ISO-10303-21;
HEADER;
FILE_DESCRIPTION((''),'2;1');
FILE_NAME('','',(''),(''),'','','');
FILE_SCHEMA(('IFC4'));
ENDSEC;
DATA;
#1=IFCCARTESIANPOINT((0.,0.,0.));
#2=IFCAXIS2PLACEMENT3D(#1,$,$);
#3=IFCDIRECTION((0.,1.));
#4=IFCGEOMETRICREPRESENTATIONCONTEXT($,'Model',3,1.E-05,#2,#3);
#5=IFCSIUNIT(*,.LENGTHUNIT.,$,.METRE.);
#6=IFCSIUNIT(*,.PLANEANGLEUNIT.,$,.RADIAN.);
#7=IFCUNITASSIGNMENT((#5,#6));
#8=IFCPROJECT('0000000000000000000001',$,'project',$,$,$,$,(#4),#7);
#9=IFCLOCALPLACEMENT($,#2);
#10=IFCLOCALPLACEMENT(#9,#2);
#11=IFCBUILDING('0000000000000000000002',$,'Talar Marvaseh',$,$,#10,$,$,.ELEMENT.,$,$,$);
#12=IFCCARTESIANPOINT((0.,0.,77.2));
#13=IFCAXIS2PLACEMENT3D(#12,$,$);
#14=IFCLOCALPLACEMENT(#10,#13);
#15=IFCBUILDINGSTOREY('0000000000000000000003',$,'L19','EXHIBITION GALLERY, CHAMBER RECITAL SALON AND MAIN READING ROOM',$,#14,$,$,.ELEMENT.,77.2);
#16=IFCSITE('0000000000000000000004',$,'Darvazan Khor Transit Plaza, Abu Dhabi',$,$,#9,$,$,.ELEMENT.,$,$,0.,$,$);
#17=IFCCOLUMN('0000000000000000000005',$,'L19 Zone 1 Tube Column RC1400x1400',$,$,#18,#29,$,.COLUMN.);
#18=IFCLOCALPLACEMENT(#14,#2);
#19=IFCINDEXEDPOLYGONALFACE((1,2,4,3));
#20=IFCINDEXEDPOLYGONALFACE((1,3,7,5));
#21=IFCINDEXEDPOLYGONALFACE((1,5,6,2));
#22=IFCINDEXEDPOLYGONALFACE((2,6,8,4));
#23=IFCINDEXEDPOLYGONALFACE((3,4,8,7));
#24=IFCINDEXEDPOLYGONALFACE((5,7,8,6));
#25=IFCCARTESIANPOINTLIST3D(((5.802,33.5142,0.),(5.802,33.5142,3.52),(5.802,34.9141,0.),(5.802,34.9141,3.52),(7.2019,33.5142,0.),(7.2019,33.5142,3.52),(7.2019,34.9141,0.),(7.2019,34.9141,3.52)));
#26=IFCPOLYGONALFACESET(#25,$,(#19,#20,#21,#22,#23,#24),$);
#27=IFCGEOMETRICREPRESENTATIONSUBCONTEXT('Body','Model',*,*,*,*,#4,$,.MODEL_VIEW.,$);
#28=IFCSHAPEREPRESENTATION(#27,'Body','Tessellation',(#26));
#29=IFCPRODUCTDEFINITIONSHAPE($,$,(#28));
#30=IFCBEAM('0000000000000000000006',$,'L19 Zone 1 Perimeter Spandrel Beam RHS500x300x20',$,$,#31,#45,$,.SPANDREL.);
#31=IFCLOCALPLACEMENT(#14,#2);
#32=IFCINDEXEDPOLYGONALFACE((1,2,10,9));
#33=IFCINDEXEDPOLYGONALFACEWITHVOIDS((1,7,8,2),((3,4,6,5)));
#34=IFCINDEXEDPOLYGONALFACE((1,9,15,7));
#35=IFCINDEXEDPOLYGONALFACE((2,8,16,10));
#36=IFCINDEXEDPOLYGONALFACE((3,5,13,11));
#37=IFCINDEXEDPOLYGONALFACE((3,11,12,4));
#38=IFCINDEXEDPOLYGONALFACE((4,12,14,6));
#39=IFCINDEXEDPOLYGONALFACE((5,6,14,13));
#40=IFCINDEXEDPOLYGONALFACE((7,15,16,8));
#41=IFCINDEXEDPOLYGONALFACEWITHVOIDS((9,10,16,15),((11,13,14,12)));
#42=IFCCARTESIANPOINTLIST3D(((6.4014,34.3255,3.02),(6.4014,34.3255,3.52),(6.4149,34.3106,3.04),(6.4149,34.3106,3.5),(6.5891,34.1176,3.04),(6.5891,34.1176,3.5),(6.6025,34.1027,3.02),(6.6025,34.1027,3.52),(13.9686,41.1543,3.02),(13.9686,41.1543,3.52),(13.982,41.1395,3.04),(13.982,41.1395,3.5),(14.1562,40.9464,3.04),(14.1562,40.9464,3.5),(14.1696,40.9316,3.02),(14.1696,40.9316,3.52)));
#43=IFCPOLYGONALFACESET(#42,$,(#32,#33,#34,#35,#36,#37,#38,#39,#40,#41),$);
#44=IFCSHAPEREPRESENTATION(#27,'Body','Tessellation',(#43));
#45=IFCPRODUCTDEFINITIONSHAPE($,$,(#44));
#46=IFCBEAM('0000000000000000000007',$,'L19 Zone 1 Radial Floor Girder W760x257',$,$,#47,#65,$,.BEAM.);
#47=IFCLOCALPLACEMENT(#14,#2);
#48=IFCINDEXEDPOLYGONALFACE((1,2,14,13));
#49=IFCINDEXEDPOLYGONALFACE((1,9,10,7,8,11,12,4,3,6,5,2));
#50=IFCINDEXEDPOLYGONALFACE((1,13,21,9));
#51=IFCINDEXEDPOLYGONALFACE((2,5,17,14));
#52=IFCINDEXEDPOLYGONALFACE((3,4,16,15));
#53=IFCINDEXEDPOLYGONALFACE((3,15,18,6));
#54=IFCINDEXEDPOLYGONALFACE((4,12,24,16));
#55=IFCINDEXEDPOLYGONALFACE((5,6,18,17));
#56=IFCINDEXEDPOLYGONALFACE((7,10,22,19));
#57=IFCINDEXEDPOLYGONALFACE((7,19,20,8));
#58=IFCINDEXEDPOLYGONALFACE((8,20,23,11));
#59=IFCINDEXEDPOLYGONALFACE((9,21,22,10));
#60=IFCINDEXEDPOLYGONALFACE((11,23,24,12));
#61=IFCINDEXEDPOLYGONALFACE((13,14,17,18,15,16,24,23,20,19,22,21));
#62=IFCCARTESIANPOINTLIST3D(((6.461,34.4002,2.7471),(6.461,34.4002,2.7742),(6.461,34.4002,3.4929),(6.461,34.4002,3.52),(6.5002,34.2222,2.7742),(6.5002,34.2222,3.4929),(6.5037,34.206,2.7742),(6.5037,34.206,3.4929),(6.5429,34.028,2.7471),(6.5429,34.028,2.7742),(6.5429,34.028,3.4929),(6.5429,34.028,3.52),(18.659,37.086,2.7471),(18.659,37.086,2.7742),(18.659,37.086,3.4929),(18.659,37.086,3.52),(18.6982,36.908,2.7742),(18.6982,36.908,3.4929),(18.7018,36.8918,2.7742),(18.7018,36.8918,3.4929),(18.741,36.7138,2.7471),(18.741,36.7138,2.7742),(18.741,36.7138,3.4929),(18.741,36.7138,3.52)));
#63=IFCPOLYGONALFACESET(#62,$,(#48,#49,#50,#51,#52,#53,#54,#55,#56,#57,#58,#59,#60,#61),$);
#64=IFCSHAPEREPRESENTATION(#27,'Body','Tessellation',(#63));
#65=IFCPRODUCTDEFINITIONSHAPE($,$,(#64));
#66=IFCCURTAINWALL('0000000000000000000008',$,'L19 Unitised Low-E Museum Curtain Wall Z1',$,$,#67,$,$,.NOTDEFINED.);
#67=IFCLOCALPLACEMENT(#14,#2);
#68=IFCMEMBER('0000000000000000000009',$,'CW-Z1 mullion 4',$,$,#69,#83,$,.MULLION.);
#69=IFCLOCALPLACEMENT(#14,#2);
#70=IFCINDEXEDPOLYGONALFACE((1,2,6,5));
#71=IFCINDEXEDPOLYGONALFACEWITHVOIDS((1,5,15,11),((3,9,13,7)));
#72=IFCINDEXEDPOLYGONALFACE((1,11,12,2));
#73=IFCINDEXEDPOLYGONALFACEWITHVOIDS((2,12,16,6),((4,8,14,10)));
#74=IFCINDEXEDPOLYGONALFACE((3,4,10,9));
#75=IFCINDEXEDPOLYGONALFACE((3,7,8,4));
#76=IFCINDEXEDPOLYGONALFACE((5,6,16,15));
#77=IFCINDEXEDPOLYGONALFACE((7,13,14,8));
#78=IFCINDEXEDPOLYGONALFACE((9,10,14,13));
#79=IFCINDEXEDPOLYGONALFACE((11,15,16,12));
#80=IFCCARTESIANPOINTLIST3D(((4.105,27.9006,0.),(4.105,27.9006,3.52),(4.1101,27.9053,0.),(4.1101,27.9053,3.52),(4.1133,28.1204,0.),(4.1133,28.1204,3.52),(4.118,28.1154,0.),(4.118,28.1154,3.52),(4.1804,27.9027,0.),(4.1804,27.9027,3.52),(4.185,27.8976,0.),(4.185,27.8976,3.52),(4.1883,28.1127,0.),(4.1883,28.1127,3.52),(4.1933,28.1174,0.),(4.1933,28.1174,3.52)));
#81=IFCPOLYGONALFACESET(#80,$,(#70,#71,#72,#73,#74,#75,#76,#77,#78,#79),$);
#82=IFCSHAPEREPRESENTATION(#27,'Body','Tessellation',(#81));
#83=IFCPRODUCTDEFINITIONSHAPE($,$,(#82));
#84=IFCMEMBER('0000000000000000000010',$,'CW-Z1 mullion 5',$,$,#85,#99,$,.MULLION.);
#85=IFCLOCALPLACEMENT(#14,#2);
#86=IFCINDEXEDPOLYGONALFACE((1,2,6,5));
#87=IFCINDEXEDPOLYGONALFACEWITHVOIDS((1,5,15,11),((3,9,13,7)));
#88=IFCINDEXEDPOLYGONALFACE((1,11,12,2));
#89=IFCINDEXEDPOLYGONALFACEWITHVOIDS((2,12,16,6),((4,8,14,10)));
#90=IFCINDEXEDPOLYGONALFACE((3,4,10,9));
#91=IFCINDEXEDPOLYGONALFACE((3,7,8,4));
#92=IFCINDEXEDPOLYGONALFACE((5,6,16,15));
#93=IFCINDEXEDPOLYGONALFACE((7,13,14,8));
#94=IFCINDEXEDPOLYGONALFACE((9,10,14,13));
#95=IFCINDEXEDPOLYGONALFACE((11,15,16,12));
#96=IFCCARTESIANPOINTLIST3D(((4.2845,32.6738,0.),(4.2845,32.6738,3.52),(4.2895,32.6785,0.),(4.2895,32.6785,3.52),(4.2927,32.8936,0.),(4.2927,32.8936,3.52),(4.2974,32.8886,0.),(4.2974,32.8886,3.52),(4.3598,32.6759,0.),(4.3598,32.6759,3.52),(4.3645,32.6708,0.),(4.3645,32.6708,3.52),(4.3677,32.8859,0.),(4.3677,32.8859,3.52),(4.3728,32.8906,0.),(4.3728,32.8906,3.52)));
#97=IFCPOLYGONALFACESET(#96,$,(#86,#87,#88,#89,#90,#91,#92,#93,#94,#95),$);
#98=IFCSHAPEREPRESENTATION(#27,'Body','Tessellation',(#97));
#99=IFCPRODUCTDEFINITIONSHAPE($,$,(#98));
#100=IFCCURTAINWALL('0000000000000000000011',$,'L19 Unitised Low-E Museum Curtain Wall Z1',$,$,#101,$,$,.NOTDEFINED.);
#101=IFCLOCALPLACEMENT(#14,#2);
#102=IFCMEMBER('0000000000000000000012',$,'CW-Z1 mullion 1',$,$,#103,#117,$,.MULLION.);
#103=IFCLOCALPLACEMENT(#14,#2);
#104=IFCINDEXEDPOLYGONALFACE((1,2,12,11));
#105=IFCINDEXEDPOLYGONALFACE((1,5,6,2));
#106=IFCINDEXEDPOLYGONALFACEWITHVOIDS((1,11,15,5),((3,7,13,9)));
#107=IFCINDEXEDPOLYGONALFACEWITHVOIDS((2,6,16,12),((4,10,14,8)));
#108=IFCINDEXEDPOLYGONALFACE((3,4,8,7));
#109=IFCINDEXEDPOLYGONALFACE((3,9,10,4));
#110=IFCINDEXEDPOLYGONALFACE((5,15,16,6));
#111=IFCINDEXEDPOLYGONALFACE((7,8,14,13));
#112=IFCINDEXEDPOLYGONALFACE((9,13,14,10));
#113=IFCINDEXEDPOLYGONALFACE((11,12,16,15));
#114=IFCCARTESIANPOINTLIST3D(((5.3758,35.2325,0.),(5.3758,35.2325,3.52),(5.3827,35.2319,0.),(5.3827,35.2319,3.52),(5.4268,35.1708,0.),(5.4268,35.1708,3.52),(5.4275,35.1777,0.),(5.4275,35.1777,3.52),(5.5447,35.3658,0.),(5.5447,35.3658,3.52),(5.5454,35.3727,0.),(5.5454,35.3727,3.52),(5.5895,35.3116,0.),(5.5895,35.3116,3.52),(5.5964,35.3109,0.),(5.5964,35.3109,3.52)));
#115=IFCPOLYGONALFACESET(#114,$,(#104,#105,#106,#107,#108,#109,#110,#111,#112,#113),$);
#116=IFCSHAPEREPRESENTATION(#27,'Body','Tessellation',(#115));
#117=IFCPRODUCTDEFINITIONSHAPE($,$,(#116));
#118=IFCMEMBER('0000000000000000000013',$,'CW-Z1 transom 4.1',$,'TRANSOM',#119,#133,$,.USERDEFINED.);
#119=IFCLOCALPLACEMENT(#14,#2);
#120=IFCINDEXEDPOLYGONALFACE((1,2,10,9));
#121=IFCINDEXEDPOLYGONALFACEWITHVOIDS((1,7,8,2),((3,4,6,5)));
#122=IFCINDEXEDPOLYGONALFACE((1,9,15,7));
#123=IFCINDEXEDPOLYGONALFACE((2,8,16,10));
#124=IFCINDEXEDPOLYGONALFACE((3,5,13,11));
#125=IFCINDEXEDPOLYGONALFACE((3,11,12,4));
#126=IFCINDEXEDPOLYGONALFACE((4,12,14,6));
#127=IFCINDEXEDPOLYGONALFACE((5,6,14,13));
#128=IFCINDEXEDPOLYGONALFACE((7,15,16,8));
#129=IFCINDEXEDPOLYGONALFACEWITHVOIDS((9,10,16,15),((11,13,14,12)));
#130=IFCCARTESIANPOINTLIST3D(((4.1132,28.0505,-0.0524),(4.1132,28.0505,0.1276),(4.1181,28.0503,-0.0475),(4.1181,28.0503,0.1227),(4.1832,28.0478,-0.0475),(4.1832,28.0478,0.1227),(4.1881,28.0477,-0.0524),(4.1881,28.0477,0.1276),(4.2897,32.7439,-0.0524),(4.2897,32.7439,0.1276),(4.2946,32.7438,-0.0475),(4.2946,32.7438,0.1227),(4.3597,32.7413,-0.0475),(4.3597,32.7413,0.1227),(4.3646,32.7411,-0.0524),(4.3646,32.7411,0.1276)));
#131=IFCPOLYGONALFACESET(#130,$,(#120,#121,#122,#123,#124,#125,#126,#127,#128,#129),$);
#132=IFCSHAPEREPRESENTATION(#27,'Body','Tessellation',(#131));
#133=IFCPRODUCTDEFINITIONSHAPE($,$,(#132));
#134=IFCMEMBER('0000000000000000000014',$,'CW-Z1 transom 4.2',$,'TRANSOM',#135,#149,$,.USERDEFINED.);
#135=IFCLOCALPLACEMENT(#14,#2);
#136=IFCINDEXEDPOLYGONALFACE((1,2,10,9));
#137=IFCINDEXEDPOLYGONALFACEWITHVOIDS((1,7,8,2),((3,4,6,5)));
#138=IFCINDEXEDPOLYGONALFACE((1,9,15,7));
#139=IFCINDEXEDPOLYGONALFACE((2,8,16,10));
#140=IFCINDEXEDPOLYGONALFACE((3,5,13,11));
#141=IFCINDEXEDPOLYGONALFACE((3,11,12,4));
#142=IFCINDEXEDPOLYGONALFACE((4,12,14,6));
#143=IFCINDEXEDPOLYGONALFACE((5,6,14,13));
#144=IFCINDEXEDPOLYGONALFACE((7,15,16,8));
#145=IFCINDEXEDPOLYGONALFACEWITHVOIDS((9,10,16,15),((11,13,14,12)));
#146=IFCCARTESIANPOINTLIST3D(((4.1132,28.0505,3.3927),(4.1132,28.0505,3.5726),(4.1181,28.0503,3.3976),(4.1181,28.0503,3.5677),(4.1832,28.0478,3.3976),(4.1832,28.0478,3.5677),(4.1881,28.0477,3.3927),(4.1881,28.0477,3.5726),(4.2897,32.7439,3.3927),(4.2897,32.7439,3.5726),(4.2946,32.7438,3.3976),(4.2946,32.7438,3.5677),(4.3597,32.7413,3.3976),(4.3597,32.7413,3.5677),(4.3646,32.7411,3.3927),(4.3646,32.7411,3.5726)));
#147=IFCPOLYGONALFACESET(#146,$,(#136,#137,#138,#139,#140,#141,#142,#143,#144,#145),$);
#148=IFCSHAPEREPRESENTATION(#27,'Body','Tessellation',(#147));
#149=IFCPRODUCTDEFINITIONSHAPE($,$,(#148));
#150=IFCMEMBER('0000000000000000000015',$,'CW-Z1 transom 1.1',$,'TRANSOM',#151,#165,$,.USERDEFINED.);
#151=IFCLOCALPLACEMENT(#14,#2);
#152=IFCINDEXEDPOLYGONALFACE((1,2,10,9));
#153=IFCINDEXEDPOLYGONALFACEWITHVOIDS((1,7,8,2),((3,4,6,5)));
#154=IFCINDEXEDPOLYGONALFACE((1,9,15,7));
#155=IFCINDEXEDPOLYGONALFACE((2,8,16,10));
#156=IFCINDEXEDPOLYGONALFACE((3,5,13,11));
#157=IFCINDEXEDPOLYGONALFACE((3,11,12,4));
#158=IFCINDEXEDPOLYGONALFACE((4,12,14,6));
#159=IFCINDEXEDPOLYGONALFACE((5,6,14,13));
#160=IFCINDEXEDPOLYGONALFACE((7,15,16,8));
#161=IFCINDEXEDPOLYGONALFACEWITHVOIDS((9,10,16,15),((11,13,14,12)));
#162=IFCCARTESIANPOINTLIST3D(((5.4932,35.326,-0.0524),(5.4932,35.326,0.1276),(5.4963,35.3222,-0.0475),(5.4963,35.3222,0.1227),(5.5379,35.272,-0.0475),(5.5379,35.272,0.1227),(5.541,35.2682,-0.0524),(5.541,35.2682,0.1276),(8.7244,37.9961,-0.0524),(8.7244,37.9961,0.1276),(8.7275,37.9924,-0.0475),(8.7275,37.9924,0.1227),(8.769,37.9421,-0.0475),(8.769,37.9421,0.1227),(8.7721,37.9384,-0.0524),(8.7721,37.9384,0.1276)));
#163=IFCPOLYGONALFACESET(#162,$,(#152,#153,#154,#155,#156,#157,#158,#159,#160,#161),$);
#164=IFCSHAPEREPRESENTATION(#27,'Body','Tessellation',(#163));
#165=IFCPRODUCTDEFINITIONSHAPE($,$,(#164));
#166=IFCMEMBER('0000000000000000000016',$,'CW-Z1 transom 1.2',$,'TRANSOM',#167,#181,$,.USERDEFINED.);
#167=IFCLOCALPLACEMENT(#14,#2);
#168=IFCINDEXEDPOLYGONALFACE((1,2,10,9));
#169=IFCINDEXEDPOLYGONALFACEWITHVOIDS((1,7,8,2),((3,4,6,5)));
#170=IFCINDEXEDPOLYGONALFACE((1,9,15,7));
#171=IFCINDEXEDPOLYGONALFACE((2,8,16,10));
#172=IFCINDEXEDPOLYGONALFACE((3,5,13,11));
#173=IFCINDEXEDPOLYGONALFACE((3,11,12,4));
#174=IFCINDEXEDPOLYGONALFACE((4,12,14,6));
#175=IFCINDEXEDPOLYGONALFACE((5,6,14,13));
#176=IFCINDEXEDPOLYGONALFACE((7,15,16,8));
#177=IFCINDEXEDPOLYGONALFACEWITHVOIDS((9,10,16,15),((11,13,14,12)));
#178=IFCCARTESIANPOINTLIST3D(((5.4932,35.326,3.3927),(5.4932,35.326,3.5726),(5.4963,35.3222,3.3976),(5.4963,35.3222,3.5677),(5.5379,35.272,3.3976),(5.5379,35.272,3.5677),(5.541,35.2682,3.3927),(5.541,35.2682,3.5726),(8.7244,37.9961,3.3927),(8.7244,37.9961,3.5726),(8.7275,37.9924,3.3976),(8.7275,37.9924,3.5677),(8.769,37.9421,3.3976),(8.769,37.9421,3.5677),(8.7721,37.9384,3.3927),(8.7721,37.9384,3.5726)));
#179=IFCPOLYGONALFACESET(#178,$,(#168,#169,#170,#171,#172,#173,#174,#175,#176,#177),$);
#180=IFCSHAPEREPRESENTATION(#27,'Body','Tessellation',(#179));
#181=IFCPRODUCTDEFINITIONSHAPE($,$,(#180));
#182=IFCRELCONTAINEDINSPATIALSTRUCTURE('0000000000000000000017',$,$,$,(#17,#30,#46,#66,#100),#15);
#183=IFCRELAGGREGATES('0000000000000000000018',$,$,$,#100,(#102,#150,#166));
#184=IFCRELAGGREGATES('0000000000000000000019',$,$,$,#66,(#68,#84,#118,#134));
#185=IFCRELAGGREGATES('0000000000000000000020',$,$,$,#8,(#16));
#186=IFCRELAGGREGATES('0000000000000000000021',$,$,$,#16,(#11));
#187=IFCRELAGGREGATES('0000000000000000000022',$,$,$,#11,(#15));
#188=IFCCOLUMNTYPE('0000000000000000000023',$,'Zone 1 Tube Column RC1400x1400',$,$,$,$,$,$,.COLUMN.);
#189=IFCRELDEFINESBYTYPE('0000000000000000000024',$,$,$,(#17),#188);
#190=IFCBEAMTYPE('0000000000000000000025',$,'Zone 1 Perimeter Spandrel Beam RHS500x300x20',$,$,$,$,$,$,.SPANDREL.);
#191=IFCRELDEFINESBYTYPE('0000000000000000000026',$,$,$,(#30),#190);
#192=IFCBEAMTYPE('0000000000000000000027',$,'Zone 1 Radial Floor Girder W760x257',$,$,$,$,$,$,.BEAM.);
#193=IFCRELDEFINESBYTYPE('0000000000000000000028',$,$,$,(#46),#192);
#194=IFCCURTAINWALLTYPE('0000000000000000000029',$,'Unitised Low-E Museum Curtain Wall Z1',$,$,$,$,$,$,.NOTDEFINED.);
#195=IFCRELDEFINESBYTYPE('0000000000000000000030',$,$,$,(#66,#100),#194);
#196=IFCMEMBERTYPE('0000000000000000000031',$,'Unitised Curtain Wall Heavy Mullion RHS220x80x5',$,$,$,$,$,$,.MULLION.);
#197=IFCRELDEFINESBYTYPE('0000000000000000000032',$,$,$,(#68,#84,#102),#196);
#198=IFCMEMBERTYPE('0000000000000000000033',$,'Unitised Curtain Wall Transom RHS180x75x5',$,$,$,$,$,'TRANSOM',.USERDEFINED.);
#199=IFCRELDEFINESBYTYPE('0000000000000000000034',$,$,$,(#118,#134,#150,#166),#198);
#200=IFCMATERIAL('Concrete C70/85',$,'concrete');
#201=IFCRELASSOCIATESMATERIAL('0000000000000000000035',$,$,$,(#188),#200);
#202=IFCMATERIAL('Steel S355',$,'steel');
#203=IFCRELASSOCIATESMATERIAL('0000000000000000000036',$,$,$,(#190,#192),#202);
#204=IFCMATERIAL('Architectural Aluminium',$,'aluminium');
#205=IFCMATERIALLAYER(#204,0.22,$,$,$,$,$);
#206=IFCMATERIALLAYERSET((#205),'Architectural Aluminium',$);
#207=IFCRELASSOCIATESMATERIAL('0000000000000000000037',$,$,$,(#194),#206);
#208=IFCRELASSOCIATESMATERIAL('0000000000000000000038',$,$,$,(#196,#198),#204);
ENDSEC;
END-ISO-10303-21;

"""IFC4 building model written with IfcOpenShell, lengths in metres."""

from ifc_helpers import new_model, si_unit, direction, frame, origin, origin_2d, place, context, subcontext, project, spatial, rectangle, hollow_rectangle, i_section, extrude, source, transform, mapped, material, layer, layer_set, material_profile, profile_set, type_object, type_shapes, element, aggregate, save


model = new_model("IFC4")

# Units and contexts
model_context = context("Model", 3, precision=1e-05, world=origin(), true_north=direction((0.0, 1.0)))
body_context = subcontext(model_context, "Body", "Model", "MODEL_VIEW")
ifc_project = project(units=[si_unit("LENGTHUNIT", "METRE"), si_unit("PLANEANGLEUNIT", "RADIAN")], contexts=[model_context])

# Site, building, storey
site_placement = place(None, origin())
site = spatial("IfcSite", under=ifc_project, at=site_placement, Name="Darvazan Khor Transit Plaza, Abu Dhabi", CompositionType="ELEMENT", RefElevation=0.0)
building_placement = place(site_placement, origin())
building = spatial("IfcBuilding", under=site, at=building_placement, Name="Talar Marvaseh", CompositionType="ELEMENT")
storey_placement = place(building_placement, frame((0.0, 0.0, 77.2)))
storey = spatial("IfcBuildingStorey", under=building, at=storey_placement, Name="L19", Description="EXHIBITION GALLERY, CHAMBER RECITAL SALON AND MAIN READING ROOM", CompositionType="ELEMENT", Elevation=77.2)

# Column
ifc_material_1 = material(Name="Concrete C70/85", Category="concrete")
ifc_material_profile_1 = material_profile(ifc_material_1, rectangle(XDim=1.3999, YDim=1.3999, at=origin_2d()), Name="RC1400x1400")
ifc_profile_set_1 = profile_set([ifc_material_profile_1], Name="Concrete C70/85")
column_type = type_object("IfcColumnType", Name="Zone 1 Tube Column RC1400x1400", PredefinedType="COLUMN", material=ifc_profile_set_1)
column_placement = place(storey_placement, frame((6.502, 34.2141, 0.0), z_axis=(0.0, 0.0, 1.0), x_axis=(1.0, 0.0, 0.0)))
element("IfcColumn", 1, at=column_placement, inside=storey, type_object=column_type, Name="L19 Zone 1 Tube Column RC1400x1400", PredefinedType="COLUMN", context=body_context, shape_type="SweptSolid", body=[
    extrude(rectangle(XDim=1.3999, YDim=1.3999, at=origin_2d()), origin(), (0.0, 0.0, 1.0), 3.52),
])

# Beams
ifc_material_2 = material(Name="Steel S355", Category="steel")
ifc_material_profile_2 = material_profile(ifc_material_2, hollow_rectangle(XDim=0.3, YDim=0.5, WallThickness=0.02, at=origin_2d()), Name="RHS500x300x20")
ifc_profile_set_2 = profile_set([ifc_material_profile_2], Name="Steel S355")
beam_type_1 = type_object("IfcBeamType", Name="Zone 1 Perimeter Spandrel Beam RHS500x300x20", PredefinedType="SPANDREL", material=ifc_profile_set_2)
beam_1_placement = place(storey_placement, frame((6.502, 34.2141, 3.27), z_axis=(0.742394, 0.669963, 0.0), x_axis=(-0.669963, 0.742394, 0.0)))
element("IfcBeam", 2, at=beam_1_placement, inside=storey, type_object=beam_type_1, Name="L19 Zone 1 Perimeter Spandrel Beam RHS500x300x20", PredefinedType="SPANDREL", context=body_context, shape_type="SweptSolid", body=[
    extrude(hollow_rectangle(XDim=0.3, YDim=0.5, WallThickness=0.02, at=origin_2d()), origin(), (0.0, 0.0, 1.0), 10.1929),
])
ifc_material_profile_3 = material_profile(ifc_material_2, i_section(OverallWidth=0.3811, OverallDepth=0.7729, WebThickness=0.0166, FlangeThickness=0.0271, at=origin_2d()), Name="W760x257")
ifc_profile_set_3 = profile_set([ifc_material_profile_3], Name="Steel S355")
beam_type_2 = type_object("IfcBeamType", Name="Zone 1 Radial Floor Girder W760x257", PredefinedType="BEAM", material=ifc_profile_set_3)
beam_2_placement = place(storey_placement, frame((6.502, 34.2141, 3.1335), z_axis=(0.976607, 0.215032, 0.0), x_axis=(-0.215032, 0.976607, 0.0)))
element("IfcBeam", 3, at=beam_2_placement, inside=storey, type_object=beam_type_2, Name="L19 Zone 1 Radial Floor Girder W760x257", PredefinedType="BEAM", context=body_context, shape_type="SweptSolid", body=[
    extrude(i_section(OverallWidth=0.3811, OverallDepth=0.7729, WebThickness=0.0166, FlangeThickness=0.0271, at=origin_2d()), origin(), (0.0, 0.0, 1.0), 12.4902),
])

# Curtain wall, members
ifc_material_3 = material(Name="Architectural Aluminium", Category="aluminium")
ifc_layer_1 = layer(ifc_material_3, 0.22)
ifc_layer_set_1 = layer_set([ifc_layer_1], Name="Architectural Aluminium")
curtain_wall_type = type_object("IfcCurtainWallType", Name="Unitised Low-E Museum Curtain Wall Z1", PredefinedType="NOTDEFINED", material=ifc_layer_set_1)
curtain_wall_1_placement = place(storey_placement, origin())
curtain_wall_1 = element("IfcCurtainWall", 4, at=curtain_wall_1_placement, inside=storey, type_object=curtain_wall_type, Name="L19 Unitised Low-E Museum Curtain Wall Z1", PredefinedType="NOTDEFINED")
ifc_material_profile_4 = material_profile(ifc_material_3, hollow_rectangle(XDim=0.0801, YDim=0.22, WallThickness=0.0049, at=origin_2d()), Name="RHS220x80x5")
ifc_profile_set_4 = profile_set([ifc_material_profile_4], Name="Architectural Aluminium")
member_type_1 = type_object("IfcMemberType", Name="Unitised Curtain Wall Heavy Mullion RHS220x80x5", PredefinedType="MULLION", material=ifc_profile_set_4)
shared_shape_1 = source(origin(), body_context, "Body", "SweptSolid", [
    extrude(hollow_rectangle(XDim=0.0801, YDim=0.22, WallThickness=0.0049, at=origin_2d()), origin(), (0.0, 0.0, 1.0), 3.52),
])
type_shapes(member_type_1, [shared_shape_1])
member_1_placement = place(storey_placement, frame((4.1492, 28.009, 0.0), z_axis=(0.0, 0.0, 1.0), x_axis=(-0.999293, 0.037584, 0.0)))
member_1 = element("IfcMember", 5, at=member_1_placement, type_object=member_type_1, Name="CW-Z1 mullion 4", PredefinedType="MULLION", context=body_context, shape_type="MappedRepresentation", body=[
    mapped(shared_shape_1, transform((0.0, 0.0, 0.0), x_axis=(1.0, 0.0, 0.0), y_axis=(0.0, 1.0, 0.0), z_axis=(0.0, 0.0, 1.0), scale=1.0)),
])
member_2_placement = place(storey_placement, frame((4.3286, 32.7822, 0.0), z_axis=(0.0, 0.0, 1.0), x_axis=(-0.999293, 0.037584, 0.0)))
member_2 = element("IfcMember", 6, at=member_2_placement, type_object=member_type_1, Name="CW-Z1 mullion 5", PredefinedType="MULLION", context=body_context, shape_type="MappedRepresentation", body=[
    mapped(shared_shape_1, transform((0.0, 0.0, 0.0), x_axis=(1.0, 0.0, 0.0), y_axis=(0.0, 1.0, 0.0), z_axis=(0.0, 0.0, 1.0), scale=1.0)),
])

# Curtain wall, member
curtain_wall_2_placement = place(storey_placement, origin())
curtain_wall_2 = element("IfcCurtainWall", 7, at=curtain_wall_2_placement, inside=storey, type_object=curtain_wall_type, Name="L19 Unitised Low-E Museum Curtain Wall Z1", PredefinedType="NOTDEFINED")
member_3_placement = place(storey_placement, frame((5.4861, 35.2717, 0.0), z_axis=(0.0, 0.0, 1.0), x_axis=(-0.636994, 0.770868, 0.0)))
member_3 = element("IfcMember", 8, at=member_3_placement, type_object=member_type_1, Name="CW-Z1 mullion 1", PredefinedType="MULLION", context=body_context, shape_type="MappedRepresentation", body=[
    mapped(shared_shape_1, transform((0.0, 0.0, 0.0), x_axis=(1.0, 0.0, 0.0), y_axis=(0.0, 1.0, 0.0), z_axis=(0.0, 0.0, 1.0), scale=1.0)),
])

# Members
ifc_material_profile_5 = material_profile(ifc_material_3, hollow_rectangle(XDim=0.075, YDim=0.1799, WallThickness=0.0049, at=origin_2d()), Name="RHS180x75x5")
ifc_profile_set_5 = profile_set([ifc_material_profile_5], Name="Architectural Aluminium")
member_type_2 = type_object("IfcMemberType", Name="Unitised Curtain Wall Transom RHS180x75x5", ElementType="TRANSOM", PredefinedType="USERDEFINED", material=ifc_profile_set_5)
shared_shape_2 = source(origin(), body_context, "Body", "SweptSolid", [
    extrude(hollow_rectangle(XDim=0.075, YDim=0.1799, WallThickness=0.0049, at=origin_2d()), origin(), (0.0, 0.0, 1.0), 4.6968),
])
member_4_placement = place(storey_placement, frame((4.1506, 28.0491, 0.0376), z_axis=(0.037583, 0.999294, 0.0), x_axis=(-0.999294, 0.037583, 0.0)))
member_4 = element("IfcMember", 9, at=member_4_placement, type_object=member_type_2, Name="CW-Z1 transom 4.1", ObjectType="TRANSOM", PredefinedType="USERDEFINED", context=body_context, shape_type="MappedRepresentation", body=[
    mapped(shared_shape_2, transform((0.0, 0.0, 0.0), x_axis=(1.0, 0.0, 0.0), y_axis=(0.0, 1.0, 0.0), z_axis=(0.0, 0.0, 1.0), scale=1.0)),
])
member_5_placement = place(storey_placement, frame((4.1506, 28.0491, 3.4827), z_axis=(0.037583, 0.999294, 0.0), x_axis=(-0.999294, 0.037583, 0.0)))
member_5 = element("IfcMember", 10, at=member_5_placement, type_object=member_type_2, Name="CW-Z1 transom 4.2", ObjectType="TRANSOM", PredefinedType="USERDEFINED", context=body_context, shape_type="MappedRepresentation", body=[
    mapped(shared_shape_2, transform((0.0, 0.0, 0.0), x_axis=(1.0, 0.0, 0.0), y_axis=(0.0, 1.0, 0.0), z_axis=(0.0, 0.0, 1.0), scale=1.0)),
])
shared_shape_3 = source(origin(), body_context, "Body", "SweptSolid", [
    extrude(hollow_rectangle(XDim=0.075, YDim=0.1799, WallThickness=0.0049, at=origin_2d()), origin(), (0.0, 0.0, 1.0), 4.1917),
])
type_shapes(member_type_2, [shared_shape_2, shared_shape_3])
member_6_placement = place(storey_placement, frame((5.5171, 35.2971, 0.0376), z_axis=(0.770855, 0.637011, 0.0), x_axis=(-0.637011, 0.770855, 0.0)))
member_6 = element("IfcMember", 11, at=member_6_placement, type_object=member_type_2, Name="CW-Z1 transom 1.1", ObjectType="TRANSOM", PredefinedType="USERDEFINED", context=body_context, shape_type="MappedRepresentation", body=[
    mapped(shared_shape_3, transform((0.0, 0.0, 0.0), x_axis=(1.0, 0.0, 0.0), y_axis=(0.0, 1.0, 0.0), z_axis=(0.0, 0.0, 1.0), scale=1.0)),
])
member_7_placement = place(storey_placement, frame((5.5171, 35.2971, 3.4827), z_axis=(0.770855, 0.637011, 0.0), x_axis=(-0.637011, 0.770855, 0.0)))
member_7 = element("IfcMember", 12, at=member_7_placement, type_object=member_type_2, Name="CW-Z1 transom 1.2", ObjectType="TRANSOM", PredefinedType="USERDEFINED", context=body_context, shape_type="MappedRepresentation", body=[
    mapped(shared_shape_3, transform((0.0, 0.0, 0.0), x_axis=(1.0, 0.0, 0.0), y_axis=(0.0, 1.0, 0.0), z_axis=(0.0, 0.0, 1.0), scale=1.0)),
])
aggregate(curtain_wall_2, [member_3, member_6, member_7])

aggregate(curtain_wall_1, [member_1, member_2, member_4, member_5])

save(model, "model.ifc")
